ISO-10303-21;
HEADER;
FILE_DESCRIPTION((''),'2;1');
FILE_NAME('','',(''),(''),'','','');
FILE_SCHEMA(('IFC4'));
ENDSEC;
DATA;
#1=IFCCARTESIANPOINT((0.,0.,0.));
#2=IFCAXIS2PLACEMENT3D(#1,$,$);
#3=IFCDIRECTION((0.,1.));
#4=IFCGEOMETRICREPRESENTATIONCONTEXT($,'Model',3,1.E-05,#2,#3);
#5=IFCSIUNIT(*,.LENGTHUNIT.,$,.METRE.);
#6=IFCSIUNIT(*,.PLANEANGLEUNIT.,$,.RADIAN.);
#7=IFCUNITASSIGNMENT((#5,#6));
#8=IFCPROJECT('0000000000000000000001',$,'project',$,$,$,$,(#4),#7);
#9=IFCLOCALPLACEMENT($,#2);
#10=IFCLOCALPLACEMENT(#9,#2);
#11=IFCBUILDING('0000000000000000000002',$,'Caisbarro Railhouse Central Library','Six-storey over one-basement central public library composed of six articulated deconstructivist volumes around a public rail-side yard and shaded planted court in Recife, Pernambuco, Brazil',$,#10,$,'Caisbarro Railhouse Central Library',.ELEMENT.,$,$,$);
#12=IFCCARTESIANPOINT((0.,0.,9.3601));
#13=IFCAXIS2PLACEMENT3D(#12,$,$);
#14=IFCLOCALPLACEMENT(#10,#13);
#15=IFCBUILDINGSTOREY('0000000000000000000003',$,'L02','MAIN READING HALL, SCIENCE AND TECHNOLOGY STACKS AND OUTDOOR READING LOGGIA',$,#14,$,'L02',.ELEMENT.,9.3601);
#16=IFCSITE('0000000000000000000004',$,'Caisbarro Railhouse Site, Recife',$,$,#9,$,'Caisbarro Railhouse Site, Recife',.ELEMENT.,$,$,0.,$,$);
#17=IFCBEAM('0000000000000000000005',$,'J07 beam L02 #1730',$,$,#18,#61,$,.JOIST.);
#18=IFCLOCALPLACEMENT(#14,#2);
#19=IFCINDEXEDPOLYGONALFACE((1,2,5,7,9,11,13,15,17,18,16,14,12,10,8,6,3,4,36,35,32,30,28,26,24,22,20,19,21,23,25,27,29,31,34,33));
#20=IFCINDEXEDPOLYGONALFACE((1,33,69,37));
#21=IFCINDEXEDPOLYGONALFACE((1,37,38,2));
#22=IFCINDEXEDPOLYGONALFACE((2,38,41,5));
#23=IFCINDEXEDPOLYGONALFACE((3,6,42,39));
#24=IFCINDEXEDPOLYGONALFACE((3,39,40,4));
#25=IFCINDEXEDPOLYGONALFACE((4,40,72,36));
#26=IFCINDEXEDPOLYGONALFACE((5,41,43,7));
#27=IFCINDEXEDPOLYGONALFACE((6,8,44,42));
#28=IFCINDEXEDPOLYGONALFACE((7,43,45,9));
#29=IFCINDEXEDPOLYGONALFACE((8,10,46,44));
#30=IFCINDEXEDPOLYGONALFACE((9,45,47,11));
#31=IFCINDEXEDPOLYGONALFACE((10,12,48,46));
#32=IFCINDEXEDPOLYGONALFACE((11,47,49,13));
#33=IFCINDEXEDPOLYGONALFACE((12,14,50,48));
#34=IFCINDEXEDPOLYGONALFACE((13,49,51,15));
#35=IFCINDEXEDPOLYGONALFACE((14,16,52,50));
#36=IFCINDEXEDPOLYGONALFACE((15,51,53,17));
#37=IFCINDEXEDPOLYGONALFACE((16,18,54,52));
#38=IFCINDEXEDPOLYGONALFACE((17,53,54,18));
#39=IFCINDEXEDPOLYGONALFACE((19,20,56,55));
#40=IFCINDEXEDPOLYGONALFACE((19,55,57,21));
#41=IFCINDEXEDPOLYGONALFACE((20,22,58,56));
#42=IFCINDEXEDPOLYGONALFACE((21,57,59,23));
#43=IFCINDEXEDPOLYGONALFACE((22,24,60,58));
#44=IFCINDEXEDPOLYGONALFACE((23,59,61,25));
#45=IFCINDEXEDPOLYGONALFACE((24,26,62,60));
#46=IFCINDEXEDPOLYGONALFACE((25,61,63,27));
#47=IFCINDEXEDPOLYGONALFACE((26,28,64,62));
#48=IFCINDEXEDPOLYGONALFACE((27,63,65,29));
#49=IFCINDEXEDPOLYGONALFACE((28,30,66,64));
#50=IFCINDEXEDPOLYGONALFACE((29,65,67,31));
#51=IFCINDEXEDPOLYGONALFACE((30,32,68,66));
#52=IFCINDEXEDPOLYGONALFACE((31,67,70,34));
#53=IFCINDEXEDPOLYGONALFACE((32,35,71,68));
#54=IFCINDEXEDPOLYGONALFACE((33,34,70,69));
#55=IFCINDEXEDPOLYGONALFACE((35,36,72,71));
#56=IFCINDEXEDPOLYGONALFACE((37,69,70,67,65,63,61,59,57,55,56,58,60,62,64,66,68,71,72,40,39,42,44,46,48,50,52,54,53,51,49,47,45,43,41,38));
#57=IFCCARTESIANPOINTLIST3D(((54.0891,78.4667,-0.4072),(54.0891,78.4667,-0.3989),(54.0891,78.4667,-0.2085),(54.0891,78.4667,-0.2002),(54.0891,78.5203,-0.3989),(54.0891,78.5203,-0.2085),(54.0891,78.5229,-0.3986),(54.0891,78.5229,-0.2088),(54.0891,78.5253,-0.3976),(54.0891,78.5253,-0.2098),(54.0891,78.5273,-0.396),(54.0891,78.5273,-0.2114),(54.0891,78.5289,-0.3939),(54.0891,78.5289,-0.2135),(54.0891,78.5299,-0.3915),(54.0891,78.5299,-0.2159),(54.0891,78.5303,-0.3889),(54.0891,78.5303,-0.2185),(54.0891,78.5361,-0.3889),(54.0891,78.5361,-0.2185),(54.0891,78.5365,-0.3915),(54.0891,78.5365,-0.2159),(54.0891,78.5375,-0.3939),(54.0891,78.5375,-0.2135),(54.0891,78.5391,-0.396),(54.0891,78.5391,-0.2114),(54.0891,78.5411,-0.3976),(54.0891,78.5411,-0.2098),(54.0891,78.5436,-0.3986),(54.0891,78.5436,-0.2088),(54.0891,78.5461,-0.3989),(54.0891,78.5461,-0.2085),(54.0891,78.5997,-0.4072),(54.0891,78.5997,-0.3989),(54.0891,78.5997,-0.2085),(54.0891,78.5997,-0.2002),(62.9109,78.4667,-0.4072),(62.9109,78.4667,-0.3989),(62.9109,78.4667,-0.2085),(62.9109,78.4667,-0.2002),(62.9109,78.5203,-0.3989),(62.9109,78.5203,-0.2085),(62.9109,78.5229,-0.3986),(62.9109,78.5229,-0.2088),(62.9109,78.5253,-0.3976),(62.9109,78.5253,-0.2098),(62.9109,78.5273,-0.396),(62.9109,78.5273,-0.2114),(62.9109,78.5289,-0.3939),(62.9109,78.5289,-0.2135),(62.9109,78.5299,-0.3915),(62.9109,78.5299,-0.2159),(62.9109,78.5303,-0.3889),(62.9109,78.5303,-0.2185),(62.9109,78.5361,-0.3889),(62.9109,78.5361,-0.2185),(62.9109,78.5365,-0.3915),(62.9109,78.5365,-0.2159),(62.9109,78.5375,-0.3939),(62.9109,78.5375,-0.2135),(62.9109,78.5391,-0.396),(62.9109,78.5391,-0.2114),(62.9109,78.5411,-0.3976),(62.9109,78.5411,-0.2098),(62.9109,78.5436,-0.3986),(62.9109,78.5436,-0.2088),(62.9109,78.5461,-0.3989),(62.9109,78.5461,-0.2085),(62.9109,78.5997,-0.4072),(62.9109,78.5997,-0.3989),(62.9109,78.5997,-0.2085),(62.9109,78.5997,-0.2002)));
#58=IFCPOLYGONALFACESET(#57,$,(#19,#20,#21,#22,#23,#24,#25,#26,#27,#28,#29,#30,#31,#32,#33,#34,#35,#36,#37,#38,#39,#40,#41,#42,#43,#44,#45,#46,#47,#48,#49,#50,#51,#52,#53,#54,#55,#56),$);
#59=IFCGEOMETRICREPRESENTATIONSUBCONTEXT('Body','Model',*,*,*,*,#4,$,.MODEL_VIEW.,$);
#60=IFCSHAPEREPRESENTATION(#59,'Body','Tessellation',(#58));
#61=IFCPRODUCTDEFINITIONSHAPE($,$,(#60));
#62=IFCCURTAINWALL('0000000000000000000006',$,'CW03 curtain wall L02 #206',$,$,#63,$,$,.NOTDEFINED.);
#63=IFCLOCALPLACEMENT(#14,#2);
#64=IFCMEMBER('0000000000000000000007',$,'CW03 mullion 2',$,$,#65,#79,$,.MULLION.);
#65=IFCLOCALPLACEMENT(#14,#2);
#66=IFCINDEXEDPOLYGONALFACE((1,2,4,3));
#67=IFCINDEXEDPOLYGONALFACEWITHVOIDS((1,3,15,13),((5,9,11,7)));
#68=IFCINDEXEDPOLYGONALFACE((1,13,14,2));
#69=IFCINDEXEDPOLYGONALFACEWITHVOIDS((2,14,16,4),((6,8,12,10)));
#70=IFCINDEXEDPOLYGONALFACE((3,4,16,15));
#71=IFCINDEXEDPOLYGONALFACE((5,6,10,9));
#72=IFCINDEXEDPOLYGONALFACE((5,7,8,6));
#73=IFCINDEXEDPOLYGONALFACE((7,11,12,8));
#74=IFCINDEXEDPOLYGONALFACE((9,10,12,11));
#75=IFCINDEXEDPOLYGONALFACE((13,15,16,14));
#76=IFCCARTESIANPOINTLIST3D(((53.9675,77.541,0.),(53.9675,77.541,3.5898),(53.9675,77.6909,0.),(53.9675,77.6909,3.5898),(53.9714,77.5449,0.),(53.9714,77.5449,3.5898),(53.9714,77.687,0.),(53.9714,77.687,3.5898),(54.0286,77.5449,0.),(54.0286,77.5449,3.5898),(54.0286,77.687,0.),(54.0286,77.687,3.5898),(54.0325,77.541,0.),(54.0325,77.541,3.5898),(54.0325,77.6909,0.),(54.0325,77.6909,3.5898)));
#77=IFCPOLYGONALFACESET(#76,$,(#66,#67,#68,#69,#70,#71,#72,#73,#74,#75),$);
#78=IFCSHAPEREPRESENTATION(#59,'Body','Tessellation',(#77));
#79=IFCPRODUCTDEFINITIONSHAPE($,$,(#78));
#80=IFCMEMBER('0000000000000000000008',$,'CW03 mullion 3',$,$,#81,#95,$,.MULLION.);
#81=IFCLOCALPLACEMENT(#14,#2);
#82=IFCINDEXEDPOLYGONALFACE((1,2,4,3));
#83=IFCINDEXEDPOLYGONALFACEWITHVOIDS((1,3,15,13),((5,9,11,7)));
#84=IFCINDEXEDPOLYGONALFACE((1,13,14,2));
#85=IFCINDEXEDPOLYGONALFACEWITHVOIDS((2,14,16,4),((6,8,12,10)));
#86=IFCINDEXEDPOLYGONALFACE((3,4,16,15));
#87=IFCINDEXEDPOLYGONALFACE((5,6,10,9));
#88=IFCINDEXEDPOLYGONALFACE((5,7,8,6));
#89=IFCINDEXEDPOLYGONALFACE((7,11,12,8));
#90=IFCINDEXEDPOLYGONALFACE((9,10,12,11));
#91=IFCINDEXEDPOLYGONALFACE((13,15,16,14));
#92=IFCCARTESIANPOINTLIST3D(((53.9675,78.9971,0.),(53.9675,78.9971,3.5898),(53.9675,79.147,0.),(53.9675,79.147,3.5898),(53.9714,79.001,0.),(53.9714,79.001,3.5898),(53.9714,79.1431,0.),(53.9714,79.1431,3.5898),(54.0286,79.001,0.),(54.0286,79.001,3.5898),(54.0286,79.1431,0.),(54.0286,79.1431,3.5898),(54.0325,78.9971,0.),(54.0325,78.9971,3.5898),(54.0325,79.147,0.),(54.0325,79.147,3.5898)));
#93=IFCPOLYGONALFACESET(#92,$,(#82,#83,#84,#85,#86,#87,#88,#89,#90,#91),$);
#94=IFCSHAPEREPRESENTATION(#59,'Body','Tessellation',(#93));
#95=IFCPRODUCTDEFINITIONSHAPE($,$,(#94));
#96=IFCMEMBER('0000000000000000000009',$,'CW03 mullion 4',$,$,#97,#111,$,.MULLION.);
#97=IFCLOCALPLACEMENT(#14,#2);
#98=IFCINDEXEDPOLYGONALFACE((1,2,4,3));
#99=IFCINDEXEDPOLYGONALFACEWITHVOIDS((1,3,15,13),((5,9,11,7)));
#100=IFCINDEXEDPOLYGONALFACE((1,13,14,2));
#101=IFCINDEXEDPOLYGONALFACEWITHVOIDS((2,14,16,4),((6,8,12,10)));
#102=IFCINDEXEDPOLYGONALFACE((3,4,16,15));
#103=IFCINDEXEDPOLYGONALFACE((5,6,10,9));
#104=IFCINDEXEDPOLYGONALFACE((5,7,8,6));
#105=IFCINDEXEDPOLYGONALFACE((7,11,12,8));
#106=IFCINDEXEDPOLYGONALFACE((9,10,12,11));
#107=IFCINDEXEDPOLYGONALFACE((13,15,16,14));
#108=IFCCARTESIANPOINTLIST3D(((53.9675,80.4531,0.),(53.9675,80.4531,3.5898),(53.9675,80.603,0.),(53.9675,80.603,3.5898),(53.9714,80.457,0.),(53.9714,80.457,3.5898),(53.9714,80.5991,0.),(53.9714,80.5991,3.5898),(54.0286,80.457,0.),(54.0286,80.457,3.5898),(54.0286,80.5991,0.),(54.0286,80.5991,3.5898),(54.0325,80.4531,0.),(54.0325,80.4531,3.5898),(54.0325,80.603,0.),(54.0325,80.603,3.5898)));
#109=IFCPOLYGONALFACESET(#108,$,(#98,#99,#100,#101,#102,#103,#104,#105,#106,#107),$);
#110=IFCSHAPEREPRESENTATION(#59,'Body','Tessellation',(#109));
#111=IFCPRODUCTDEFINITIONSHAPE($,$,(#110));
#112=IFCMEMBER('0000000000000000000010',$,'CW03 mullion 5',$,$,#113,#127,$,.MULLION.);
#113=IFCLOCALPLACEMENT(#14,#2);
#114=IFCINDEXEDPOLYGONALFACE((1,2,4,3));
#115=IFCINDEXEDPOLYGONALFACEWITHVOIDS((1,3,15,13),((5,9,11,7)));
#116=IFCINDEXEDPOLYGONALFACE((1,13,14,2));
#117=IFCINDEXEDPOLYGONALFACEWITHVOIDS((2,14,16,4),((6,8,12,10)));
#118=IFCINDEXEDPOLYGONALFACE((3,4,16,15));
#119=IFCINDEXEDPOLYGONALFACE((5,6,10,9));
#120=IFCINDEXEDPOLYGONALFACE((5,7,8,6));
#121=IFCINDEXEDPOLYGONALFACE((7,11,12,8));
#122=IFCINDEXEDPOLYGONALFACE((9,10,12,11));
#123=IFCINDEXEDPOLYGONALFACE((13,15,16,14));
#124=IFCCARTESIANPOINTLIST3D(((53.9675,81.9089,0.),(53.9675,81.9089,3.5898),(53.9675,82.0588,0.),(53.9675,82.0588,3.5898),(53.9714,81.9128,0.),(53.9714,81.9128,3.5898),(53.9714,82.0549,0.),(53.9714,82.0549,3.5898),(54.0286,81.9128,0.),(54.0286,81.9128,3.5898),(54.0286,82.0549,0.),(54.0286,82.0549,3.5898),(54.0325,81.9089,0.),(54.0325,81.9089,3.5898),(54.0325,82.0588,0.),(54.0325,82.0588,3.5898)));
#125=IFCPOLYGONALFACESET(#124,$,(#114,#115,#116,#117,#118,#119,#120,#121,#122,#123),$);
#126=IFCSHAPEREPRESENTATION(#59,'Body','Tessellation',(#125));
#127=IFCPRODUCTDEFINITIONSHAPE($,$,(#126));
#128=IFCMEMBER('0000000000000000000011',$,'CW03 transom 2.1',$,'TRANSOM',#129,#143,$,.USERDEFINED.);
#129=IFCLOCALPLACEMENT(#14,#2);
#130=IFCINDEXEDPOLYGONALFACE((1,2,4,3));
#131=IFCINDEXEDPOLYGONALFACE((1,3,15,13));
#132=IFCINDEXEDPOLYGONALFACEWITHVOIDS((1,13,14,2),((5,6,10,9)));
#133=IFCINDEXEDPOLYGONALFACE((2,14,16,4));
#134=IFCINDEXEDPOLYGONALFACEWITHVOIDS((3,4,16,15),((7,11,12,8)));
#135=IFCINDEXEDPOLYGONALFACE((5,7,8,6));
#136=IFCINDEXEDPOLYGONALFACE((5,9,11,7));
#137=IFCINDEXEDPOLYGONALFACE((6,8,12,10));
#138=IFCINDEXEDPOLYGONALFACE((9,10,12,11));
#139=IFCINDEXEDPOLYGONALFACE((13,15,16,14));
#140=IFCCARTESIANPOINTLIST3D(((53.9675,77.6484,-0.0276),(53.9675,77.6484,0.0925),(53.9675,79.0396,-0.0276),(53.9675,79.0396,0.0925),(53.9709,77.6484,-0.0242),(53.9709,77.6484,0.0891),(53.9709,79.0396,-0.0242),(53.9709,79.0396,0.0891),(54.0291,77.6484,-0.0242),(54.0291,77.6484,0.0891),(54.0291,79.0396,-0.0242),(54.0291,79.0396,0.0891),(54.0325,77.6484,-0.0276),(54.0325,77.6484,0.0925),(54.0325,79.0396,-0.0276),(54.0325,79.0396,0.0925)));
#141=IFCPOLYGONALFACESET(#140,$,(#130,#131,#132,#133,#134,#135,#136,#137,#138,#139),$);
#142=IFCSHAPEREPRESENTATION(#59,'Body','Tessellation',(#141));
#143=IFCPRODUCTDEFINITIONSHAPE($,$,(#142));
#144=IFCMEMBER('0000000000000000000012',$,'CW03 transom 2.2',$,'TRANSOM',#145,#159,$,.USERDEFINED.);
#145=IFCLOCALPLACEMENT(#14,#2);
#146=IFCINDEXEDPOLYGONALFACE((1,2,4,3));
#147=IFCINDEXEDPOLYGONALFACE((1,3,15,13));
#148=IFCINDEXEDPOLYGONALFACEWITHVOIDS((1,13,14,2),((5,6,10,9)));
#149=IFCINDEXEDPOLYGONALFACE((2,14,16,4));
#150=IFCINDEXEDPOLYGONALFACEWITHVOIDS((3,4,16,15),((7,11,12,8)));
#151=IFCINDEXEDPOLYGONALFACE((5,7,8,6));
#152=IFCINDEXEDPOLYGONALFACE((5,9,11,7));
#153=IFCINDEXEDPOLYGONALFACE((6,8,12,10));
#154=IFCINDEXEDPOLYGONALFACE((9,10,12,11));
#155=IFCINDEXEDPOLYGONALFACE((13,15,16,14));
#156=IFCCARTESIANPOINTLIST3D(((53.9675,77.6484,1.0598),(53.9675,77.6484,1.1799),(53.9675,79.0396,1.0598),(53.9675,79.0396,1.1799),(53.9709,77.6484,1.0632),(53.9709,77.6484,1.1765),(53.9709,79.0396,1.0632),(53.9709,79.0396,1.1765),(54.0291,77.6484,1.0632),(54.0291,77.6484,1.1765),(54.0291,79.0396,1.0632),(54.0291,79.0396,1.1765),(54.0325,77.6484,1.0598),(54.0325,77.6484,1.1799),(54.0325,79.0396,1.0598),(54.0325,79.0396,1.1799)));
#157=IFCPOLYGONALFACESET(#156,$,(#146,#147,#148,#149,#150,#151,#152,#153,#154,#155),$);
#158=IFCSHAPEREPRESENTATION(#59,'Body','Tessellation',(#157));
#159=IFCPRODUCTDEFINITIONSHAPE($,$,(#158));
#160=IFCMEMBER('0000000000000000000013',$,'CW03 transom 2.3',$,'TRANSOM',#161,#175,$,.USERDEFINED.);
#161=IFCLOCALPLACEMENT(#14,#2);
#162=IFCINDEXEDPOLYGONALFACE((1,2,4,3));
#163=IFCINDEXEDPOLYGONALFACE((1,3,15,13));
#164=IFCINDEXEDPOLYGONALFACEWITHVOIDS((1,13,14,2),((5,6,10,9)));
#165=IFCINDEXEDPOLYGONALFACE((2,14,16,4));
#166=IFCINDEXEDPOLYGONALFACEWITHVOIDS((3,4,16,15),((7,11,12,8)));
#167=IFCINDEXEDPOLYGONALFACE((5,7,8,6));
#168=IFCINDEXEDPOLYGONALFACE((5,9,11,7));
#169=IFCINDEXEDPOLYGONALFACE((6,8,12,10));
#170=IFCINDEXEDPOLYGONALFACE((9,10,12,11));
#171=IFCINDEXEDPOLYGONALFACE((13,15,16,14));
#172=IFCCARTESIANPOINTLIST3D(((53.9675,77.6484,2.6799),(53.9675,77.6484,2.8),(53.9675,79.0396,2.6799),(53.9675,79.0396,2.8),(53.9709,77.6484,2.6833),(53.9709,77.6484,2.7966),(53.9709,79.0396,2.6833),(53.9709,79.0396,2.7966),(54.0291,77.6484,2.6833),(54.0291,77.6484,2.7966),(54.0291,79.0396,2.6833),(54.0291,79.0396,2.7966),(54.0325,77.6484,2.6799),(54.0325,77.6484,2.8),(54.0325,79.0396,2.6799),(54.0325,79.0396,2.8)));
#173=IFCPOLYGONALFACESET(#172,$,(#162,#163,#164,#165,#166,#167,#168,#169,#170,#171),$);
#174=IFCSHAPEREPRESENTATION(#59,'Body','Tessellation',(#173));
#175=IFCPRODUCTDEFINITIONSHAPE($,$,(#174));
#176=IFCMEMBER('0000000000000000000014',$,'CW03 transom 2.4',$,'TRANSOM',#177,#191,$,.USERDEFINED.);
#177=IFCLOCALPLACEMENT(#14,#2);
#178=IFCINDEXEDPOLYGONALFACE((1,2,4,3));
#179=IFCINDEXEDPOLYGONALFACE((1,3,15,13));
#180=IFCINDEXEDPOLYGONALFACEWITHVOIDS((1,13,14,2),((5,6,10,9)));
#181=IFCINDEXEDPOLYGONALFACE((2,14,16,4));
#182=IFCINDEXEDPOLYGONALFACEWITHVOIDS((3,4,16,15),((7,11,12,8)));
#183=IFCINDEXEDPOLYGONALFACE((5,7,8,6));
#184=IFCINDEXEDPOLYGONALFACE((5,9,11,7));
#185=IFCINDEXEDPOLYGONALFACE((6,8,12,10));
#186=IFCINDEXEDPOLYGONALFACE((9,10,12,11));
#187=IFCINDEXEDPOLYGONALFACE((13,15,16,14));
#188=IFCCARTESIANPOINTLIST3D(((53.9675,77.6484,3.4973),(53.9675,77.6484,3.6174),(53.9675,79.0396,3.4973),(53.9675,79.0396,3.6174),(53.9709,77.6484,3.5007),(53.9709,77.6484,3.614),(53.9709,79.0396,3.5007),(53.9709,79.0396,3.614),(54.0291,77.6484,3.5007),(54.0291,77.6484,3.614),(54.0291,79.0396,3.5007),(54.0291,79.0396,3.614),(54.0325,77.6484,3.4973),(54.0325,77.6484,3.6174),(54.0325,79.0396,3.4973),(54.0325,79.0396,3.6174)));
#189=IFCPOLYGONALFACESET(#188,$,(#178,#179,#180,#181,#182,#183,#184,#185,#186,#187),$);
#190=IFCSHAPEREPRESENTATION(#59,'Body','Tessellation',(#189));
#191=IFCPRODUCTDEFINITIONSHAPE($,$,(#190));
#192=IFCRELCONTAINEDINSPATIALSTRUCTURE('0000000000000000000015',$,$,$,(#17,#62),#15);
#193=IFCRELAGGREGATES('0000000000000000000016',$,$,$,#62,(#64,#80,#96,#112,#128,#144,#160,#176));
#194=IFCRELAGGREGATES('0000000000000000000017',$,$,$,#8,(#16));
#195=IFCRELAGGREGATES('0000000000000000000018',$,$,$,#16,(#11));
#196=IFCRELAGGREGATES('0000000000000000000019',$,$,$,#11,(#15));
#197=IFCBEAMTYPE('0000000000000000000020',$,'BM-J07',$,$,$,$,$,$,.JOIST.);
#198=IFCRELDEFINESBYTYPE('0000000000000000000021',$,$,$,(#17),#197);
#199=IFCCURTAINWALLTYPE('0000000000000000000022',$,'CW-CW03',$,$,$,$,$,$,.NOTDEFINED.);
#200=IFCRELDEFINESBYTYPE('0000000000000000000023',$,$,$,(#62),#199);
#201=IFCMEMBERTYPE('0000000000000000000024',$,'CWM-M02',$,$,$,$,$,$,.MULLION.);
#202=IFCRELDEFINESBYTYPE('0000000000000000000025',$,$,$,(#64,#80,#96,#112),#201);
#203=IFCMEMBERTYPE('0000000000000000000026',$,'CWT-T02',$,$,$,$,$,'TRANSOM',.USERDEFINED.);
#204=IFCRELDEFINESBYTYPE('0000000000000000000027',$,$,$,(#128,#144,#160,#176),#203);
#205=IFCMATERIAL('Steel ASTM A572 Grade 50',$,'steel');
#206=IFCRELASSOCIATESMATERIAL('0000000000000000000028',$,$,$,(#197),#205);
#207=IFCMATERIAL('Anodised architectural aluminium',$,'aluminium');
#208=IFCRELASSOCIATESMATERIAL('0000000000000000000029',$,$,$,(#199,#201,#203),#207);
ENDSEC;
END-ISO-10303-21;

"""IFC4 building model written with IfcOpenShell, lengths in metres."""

from ifc_helpers import new_model, si_unit, direction, frame, origin, origin_2d, place, context, subcontext, project, spatial, hollow_rectangle, i_section, extrude, material, material_profile, profile_set, type_object, element, aggregate, save


model = new_model("IFC4")

# Units and contexts
model_context = context("Model", 3, precision=1e-05, world=origin(), true_north=direction((0.0, 1.0)))
body_context = subcontext(model_context, "Body", "Model", "MODEL_VIEW")
ifc_project = project(units=[si_unit("LENGTHUNIT", "METRE"), si_unit("PLANEANGLEUNIT", "RADIAN")], contexts=[model_context])

# Site, building, storey
site_placement = place(None, origin())
site = spatial("IfcSite", under=ifc_project, at=site_placement, Name="Caisbarro Railhouse Site, Recife", LongName="Caisbarro Railhouse Site, Recife", CompositionType="ELEMENT", RefElevation=0.0)
building_placement = place(site_placement, origin())
building = spatial("IfcBuilding", under=site, at=building_placement, Name="Caisbarro Railhouse Central Library", Description="Six-storey over one-basement central public library composed of six articulated deconstructivist volumes around a public rail-side yard and shaded planted court in Recife, Pernambuco, Brazil", LongName="Caisbarro Railhouse Central Library", CompositionType="ELEMENT")
storey_placement = place(building_placement, frame((0.0, 0.0, 9.3601)))
storey = spatial("IfcBuildingStorey", under=building, at=storey_placement, Name="L02", Description="MAIN READING HALL, SCIENCE AND TECHNOLOGY STACKS AND OUTDOOR READING LOGGIA", LongName="L02", CompositionType="ELEMENT", Elevation=9.3601)

# Beam
ifc_material_1 = material(Name="Steel ASTM A572 Grade 50", Category="steel")
ifc_material_profile_1 = material_profile(ifc_material_1, i_section(OverallWidth=0.1331, OverallDepth=0.207, WebThickness=0.0059, FlangeThickness=0.0083, FilletRadius=0.01, at=origin_2d()), Name="W200X26.6")
ifc_profile_set_1 = profile_set([ifc_material_profile_1], Name="Steel ASTM A572 Grade 50")
beam_type = type_object("IfcBeamType", Name="BM-J07", PredefinedType="JOIST", material=ifc_profile_set_1)
beam_placement = place(storey_placement, frame((54.0891, 78.5332, -0.3037), z_axis=(1.0, 0.0, 0.0), x_axis=(0.0, 1.0, 0.0)))
element("IfcBeam", 1, at=beam_placement, inside=storey, type_object=beam_type, Name="J07 beam L02 #1730", PredefinedType="JOIST", context=body_context, shape_type="SweptSolid", body=[
    extrude(i_section(OverallWidth=0.1331, OverallDepth=0.207, WebThickness=0.0059, FlangeThickness=0.0083, FilletRadius=0.01, at=origin_2d()), origin(), (0.0, 0.0, 1.0), 8.8218),
])

# Curtain wall, members
ifc_material_2 = material(Name="Anodised architectural aluminium", Category="aluminium")
curtain_wall_type = type_object("IfcCurtainWallType", Name="CW-CW03", PredefinedType="NOTDEFINED", material=ifc_material_2)
curtain_wall_placement = place(storey_placement, origin())
curtain_wall = element("IfcCurtainWall", 2, at=curtain_wall_placement, inside=storey, type_object=curtain_wall_type, Name="CW03 curtain wall L02 #206", PredefinedType="NOTDEFINED")
ifc_material_profile_2 = material_profile(ifc_material_2, hollow_rectangle(XDim=0.0649, YDim=0.1499, WallThickness=0.0039, at=origin_2d()), Name="ALU-MUL-65X150")
ifc_profile_set_2 = profile_set([ifc_material_profile_2], Name="Anodised architectural aluminium")
member_type_1 = type_object("IfcMemberType", Name="CWM-M02", PredefinedType="MULLION", material=ifc_profile_set_2)
member_1_placement = place(storey_placement, frame((54.0, 77.616, 0.0), z_axis=(0.0, 0.0, 1.0), x_axis=(-1.0, 0.0, 0.0)))
member_1 = element("IfcMember", 3, at=member_1_placement, type_object=member_type_1, Name="CW03 mullion 2", PredefinedType="MULLION", context=body_context, shape_type="SweptSolid", body=[
    extrude(hollow_rectangle(XDim=0.0649, YDim=0.1499, WallThickness=0.0039, at=origin_2d()), origin(), (0.0, 0.0, 1.0), 3.5898),
])
member_2_placement = place(storey_placement, frame((54.0, 79.072, 0.0), z_axis=(0.0, 0.0, 1.0), x_axis=(-1.0, 0.0, 0.0)))
member_2 = element("IfcMember", 4, at=member_2_placement, type_object=member_type_1, Name="CW03 mullion 3", PredefinedType="MULLION", context=body_context, shape_type="SweptSolid", body=[
    extrude(hollow_rectangle(XDim=0.0649, YDim=0.1499, WallThickness=0.0039, at=origin_2d()), origin(), (0.0, 0.0, 1.0), 3.5898),
])
member_3_placement = place(storey_placement, frame((54.0, 80.5281, 0.0), z_axis=(0.0, 0.0, 1.0), x_axis=(-1.0, 0.0, 0.0)))
member_3 = element("IfcMember", 5, at=member_3_placement, type_object=member_type_1, Name="CW03 mullion 4", PredefinedType="MULLION", context=body_context, shape_type="SweptSolid", body=[
    extrude(hollow_rectangle(XDim=0.0649, YDim=0.1499, WallThickness=0.0039, at=origin_2d()), origin(), (0.0, 0.0, 1.0), 3.5898),
])
member_4_placement = place(storey_placement, frame((54.0, 81.9839, 0.0), z_axis=(0.0, 0.0, 1.0), x_axis=(-1.0, 0.0, 0.0)))
member_4 = element("IfcMember", 6, at=member_4_placement, type_object=member_type_1, Name="CW03 mullion 5", PredefinedType="MULLION", context=body_context, shape_type="SweptSolid", body=[
    extrude(hollow_rectangle(XDim=0.0649, YDim=0.1499, WallThickness=0.0039, at=origin_2d()), origin(), (0.0, 0.0, 1.0), 3.5898),
])
ifc_material_profile_3 = material_profile(ifc_material_2, hollow_rectangle(XDim=0.0649, YDim=0.1201, WallThickness=0.0034, at=origin_2d()), Name="ALU-TRN-65X120")
ifc_profile_set_3 = profile_set([ifc_material_profile_3], Name="Anodised architectural aluminium")
member_type_2 = type_object("IfcMemberType", Name="CWT-T02", ElementType="TRANSOM", PredefinedType="USERDEFINED", material=ifc_profile_set_3)
member_5_placement = place(storey_placement, frame((54.0, 77.6484, 0.0325), z_axis=(0.0, 1.0, 0.0), x_axis=(-1.0, 0.0, 0.0)))
member_5 = element("IfcMember", 7, at=member_5_placement, type_object=member_type_2, Name="CW03 transom 2.1", ObjectType="TRANSOM", PredefinedType="USERDEFINED", context=body_context, shape_type="SweptSolid", body=[
    extrude(hollow_rectangle(XDim=0.0649, YDim=0.1201, WallThickness=0.0034, at=origin_2d()), origin(), (0.0, 0.0, 1.0), 1.3911),
])
member_6_placement = place(storey_placement, frame((54.0, 77.6484, 1.1199), z_axis=(0.0, 1.0, 0.0), x_axis=(-1.0, 0.0, 0.0)))
member_6 = element("IfcMember", 8, at=member_6_placement, type_object=member_type_2, Name="CW03 transom 2.2", ObjectType="TRANSOM", PredefinedType="USERDEFINED", context=body_context, shape_type="SweptSolid", body=[
    extrude(hollow_rectangle(XDim=0.0649, YDim=0.1201, WallThickness=0.0034, at=origin_2d()), origin(), (0.0, 0.0, 1.0), 1.3911),
])
member_7_placement = place(storey_placement, frame((54.0, 77.6484, 2.74), z_axis=(0.0, 1.0, 0.0), x_axis=(-1.0, 0.0, 0.0)))
member_7 = element("IfcMember", 9, at=member_7_placement, type_object=member_type_2, Name="CW03 transom 2.3", ObjectType="TRANSOM", PredefinedType="USERDEFINED", context=body_context, shape_type="SweptSolid", body=[
    extrude(hollow_rectangle(XDim=0.0649, YDim=0.1201, WallThickness=0.0034, at=origin_2d()), origin(), (0.0, 0.0, 1.0), 1.3911),
])
member_8_placement = place(storey_placement, frame((54.0, 77.6484, 3.5574), z_axis=(0.0, 1.0, 0.0), x_axis=(-1.0, 0.0, 0.0)))
member_8 = element("IfcMember", 10, at=member_8_placement, type_object=member_type_2, Name="CW03 transom 2.4", ObjectType="TRANSOM", PredefinedType="USERDEFINED", context=body_context, shape_type="SweptSolid", body=[
    extrude(hollow_rectangle(XDim=0.0649, YDim=0.1201, WallThickness=0.0034, at=origin_2d()), origin(), (0.0, 0.0, 1.0), 1.3911),
])
aggregate(curtain_wall, [member_1, member_2, member_3, member_4, member_5, member_6, member_7, member_8])

save(model, "model.ifc")
